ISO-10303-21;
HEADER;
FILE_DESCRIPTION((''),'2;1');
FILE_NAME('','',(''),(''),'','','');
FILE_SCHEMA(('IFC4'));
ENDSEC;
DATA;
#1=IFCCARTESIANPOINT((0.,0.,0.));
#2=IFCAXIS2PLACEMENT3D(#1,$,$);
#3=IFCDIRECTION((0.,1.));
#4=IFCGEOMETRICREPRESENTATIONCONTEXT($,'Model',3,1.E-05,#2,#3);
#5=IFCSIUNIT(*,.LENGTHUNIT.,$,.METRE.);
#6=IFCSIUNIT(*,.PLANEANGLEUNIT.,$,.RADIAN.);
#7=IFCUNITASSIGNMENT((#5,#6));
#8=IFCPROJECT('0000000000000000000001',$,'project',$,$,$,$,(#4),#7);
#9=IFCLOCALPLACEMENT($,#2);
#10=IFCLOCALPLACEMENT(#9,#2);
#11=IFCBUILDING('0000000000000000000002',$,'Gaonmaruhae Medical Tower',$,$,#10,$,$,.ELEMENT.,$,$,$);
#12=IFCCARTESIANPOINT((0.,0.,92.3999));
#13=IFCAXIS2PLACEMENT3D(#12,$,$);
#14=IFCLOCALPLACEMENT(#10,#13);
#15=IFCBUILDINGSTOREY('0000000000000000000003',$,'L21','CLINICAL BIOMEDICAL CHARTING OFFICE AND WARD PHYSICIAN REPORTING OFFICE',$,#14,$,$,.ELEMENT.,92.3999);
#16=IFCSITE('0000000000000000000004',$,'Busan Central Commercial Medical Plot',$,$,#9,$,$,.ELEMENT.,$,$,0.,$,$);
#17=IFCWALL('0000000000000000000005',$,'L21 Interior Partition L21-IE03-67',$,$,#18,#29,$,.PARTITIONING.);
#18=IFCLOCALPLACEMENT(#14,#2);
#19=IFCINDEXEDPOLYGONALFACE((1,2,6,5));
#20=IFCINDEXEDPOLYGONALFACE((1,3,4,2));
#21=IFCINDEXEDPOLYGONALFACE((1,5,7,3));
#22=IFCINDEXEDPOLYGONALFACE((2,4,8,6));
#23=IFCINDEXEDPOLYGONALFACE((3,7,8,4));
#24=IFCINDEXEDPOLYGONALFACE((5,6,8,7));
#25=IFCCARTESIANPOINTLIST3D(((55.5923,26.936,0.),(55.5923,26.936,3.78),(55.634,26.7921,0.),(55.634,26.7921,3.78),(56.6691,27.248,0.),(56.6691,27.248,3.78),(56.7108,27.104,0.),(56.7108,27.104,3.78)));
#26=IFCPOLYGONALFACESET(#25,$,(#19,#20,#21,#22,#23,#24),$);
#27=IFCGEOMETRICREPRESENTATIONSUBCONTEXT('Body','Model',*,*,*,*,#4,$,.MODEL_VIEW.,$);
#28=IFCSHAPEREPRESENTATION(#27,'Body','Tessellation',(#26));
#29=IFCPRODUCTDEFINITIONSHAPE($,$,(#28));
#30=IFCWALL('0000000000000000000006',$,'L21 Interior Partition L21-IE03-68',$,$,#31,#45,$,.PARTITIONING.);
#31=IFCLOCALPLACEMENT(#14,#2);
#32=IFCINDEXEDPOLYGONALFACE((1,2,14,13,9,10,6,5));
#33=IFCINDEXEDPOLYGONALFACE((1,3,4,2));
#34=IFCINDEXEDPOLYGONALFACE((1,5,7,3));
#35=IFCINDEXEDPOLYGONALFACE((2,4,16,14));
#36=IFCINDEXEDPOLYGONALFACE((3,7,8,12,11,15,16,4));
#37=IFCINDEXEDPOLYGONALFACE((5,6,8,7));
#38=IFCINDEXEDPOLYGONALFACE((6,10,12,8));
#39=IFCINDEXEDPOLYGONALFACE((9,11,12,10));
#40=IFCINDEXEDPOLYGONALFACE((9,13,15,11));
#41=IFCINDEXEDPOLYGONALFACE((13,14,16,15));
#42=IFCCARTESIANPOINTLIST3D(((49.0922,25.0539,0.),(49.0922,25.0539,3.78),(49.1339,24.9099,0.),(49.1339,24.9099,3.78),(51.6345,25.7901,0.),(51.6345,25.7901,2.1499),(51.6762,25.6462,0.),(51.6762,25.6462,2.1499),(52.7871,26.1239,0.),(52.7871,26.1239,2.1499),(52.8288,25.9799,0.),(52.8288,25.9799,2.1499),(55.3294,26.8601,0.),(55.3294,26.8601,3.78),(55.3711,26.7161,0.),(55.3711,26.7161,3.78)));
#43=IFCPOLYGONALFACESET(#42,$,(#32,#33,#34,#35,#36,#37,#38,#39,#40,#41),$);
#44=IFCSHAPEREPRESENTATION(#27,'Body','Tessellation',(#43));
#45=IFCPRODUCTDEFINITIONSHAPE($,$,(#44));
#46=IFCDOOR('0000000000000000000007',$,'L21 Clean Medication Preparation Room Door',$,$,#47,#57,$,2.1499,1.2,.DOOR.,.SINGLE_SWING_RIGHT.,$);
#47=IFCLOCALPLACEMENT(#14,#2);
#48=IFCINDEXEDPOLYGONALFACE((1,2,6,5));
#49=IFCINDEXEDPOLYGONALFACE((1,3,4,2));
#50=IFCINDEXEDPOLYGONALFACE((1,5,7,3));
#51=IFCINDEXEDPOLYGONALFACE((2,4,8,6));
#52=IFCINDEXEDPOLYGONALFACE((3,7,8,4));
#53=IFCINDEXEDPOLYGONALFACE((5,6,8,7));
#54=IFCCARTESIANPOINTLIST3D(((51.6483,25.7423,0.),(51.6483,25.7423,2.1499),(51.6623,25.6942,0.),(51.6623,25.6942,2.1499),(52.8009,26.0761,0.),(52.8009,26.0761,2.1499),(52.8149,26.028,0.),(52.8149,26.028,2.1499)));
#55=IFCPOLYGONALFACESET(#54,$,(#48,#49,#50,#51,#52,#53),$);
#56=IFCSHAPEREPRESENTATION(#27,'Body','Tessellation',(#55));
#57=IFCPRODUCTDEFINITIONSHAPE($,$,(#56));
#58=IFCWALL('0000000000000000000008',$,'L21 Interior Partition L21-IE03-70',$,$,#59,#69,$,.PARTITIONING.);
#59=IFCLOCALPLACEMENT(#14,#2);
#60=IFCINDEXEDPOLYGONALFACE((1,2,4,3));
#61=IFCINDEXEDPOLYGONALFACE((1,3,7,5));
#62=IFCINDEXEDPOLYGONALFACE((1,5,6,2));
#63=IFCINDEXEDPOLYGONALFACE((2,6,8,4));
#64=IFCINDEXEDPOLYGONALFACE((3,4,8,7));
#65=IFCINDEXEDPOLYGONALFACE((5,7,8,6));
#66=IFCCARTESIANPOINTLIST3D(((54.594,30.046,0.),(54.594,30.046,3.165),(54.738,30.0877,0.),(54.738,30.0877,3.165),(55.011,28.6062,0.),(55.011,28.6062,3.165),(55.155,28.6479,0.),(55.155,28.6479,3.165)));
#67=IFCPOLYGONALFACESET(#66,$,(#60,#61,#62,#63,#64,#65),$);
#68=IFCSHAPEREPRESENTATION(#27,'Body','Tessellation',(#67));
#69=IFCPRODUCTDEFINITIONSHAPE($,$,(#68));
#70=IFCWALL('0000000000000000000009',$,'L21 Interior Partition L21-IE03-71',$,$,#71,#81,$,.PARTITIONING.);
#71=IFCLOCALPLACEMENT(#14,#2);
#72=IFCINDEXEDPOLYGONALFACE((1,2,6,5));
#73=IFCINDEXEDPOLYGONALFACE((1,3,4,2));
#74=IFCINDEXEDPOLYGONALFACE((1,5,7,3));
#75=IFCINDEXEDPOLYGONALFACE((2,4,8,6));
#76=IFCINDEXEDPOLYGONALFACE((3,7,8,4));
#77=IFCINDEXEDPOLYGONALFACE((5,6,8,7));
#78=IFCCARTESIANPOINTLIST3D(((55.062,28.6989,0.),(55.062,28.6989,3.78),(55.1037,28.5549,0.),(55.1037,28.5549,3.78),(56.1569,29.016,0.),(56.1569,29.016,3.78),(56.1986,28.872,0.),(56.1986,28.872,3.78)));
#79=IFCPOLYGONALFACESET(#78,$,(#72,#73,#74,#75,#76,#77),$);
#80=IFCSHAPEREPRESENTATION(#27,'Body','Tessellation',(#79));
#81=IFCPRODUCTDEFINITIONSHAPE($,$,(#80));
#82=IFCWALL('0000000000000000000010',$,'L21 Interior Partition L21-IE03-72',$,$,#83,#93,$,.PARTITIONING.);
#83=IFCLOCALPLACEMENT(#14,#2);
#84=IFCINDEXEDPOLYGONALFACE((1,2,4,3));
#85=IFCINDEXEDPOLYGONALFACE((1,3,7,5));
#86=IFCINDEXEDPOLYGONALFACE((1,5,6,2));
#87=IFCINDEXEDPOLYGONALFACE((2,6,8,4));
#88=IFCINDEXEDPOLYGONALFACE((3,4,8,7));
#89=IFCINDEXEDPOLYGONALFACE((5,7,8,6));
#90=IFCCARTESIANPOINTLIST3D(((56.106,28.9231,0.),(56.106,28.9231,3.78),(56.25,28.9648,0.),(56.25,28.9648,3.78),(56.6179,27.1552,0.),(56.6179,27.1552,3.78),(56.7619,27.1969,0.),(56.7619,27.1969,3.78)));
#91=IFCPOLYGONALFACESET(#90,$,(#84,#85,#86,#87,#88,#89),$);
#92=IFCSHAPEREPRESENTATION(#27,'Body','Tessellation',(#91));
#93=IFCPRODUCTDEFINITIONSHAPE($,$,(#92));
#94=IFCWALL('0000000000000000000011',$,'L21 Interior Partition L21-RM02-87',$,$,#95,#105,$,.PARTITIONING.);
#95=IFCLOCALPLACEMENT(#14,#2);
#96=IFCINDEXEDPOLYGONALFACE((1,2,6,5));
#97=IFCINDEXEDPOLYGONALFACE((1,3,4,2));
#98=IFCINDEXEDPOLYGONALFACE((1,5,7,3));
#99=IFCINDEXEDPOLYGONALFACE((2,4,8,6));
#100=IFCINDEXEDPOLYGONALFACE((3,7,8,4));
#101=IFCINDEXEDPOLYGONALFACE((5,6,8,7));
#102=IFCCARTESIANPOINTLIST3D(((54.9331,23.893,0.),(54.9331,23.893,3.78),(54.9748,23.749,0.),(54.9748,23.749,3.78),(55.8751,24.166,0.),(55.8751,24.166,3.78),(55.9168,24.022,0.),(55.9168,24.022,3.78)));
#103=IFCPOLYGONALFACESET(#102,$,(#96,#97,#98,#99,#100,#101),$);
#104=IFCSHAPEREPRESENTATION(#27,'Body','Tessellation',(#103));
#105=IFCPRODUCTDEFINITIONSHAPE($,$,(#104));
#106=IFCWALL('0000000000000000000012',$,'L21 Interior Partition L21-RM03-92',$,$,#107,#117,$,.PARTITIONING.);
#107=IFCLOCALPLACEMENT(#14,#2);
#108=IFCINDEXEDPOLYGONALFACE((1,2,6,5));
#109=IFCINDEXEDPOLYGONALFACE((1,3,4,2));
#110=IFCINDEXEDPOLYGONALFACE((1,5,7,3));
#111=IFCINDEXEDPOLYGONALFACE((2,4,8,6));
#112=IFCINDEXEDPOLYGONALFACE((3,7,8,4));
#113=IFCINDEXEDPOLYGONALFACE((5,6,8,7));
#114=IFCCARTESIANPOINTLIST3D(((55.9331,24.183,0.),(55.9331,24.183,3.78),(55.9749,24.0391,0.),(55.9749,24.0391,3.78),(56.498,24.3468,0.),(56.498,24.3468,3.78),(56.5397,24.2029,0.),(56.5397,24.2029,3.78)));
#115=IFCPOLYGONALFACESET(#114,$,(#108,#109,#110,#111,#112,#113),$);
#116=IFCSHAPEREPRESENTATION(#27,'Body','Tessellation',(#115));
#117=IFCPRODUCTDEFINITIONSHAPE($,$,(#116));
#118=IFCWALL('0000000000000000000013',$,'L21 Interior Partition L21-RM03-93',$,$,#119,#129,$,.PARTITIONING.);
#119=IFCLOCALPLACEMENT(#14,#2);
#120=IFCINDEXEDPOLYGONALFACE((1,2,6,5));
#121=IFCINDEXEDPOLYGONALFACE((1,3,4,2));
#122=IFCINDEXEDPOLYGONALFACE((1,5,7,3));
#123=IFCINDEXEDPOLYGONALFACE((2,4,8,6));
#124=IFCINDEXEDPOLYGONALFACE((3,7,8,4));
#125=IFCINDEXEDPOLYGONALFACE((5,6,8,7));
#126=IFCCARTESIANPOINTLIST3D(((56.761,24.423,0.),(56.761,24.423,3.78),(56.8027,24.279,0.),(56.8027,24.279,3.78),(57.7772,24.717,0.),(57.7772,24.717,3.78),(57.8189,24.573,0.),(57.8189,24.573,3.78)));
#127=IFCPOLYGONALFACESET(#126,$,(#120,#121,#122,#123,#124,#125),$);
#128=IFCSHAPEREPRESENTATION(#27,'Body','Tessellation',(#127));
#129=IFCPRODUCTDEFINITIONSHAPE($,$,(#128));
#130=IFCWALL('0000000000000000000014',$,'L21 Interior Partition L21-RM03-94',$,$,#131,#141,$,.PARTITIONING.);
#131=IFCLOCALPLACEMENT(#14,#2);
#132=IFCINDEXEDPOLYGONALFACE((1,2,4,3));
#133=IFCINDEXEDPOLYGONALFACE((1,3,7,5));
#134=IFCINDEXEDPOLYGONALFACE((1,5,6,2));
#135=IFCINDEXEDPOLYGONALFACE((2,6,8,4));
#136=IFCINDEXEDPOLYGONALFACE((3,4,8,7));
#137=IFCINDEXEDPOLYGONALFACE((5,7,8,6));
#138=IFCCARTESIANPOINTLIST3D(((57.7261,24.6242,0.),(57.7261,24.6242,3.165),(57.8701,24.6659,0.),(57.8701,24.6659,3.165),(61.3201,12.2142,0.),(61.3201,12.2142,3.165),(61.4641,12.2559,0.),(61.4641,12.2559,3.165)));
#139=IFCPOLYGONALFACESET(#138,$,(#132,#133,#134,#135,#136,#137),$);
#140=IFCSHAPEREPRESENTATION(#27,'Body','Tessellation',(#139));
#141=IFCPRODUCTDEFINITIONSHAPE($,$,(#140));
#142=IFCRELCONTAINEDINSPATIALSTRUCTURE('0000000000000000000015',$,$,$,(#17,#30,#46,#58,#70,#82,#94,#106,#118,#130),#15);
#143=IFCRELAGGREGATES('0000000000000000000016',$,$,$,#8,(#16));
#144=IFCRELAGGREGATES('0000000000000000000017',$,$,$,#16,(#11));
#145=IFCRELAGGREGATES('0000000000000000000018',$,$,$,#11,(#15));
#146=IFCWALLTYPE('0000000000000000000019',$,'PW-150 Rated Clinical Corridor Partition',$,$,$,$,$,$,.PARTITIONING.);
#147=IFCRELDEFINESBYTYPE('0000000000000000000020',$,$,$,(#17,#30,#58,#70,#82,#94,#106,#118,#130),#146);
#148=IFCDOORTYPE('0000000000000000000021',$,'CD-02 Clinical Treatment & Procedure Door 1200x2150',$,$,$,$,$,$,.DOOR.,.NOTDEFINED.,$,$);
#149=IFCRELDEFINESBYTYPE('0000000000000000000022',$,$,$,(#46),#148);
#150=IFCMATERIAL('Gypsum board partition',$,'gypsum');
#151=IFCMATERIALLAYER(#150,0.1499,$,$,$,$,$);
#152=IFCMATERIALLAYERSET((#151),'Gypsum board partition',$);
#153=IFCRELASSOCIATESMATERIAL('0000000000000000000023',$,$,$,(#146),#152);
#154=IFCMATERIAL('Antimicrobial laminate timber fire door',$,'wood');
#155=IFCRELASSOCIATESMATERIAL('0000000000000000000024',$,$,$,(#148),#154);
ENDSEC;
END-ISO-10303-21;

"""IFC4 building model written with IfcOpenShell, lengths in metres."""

from ifc_helpers import new_model, si_unit, direction, frame, frame_2d, origin, place, context, subcontext, project, spatial, rectangle, extrude, material, layer, layer_set, type_object, element, fill, save


model = new_model("IFC4")

# Units and contexts
model_context = context("Model", 3, precision=1e-05, world=origin(), true_north=direction((0.0, 1.0)))
body_context = subcontext(model_context, "Body", "Model", "MODEL_VIEW")
ifc_project = project(units=[si_unit("LENGTHUNIT", "METRE"), si_unit("PLANEANGLEUNIT", "RADIAN")], contexts=[model_context])

# Site, building, storey
site_placement = place(None, origin())
site = spatial("IfcSite", under=ifc_project, at=site_placement, Name="Busan Central Commercial Medical Plot", CompositionType="ELEMENT", RefElevation=0.0)
building_placement = place(site_placement, origin())
building = spatial("IfcBuilding", under=site, at=building_placement, Name="Gaonmaruhae Medical Tower", CompositionType="ELEMENT")
storey_placement = place(building_placement, frame((0.0, 0.0, 92.3999)))
storey = spatial("IfcBuildingStorey", under=building, at=storey_placement, Name="L21", Description="CLINICAL BIOMEDICAL CHARTING OFFICE AND WARD PHYSICIAN REPORTING OFFICE", CompositionType="ELEMENT", Elevation=92.3999)

# Wall
ifc_material_1 = material(Name="Gypsum board partition", Category="gypsum")
ifc_layer_1 = layer(ifc_material_1, 0.1499)
ifc_layer_set_1 = layer_set([ifc_layer_1], Name="Gypsum board partition")
wall_type_1 = type_object("IfcWallType", Name="PW-150 Rated Clinical Corridor Partition", PredefinedType="PARTITIONING", material=ifc_layer_set_1)
wall_1_placement = place(storey_placement, frame((56.6899, 27.176, 0.0), z_axis=(0.0, 0.0, 1.0), x_axis=(-0.960498, -0.278285, 0.0)))
element("IfcWall", 1, at=wall_1_placement, inside=storey, type_object=wall_type_1, Name="L21 Interior Partition L21-IE03-67", PredefinedType="PARTITIONING", context=body_context, shape_type="SweptSolid", body=[
    extrude(rectangle(XDim=1.1211, YDim=0.1499, at=frame_2d((0.5605, 0.0))), origin(), (0.0, 0.0, 1.0), 3.78),
])

# Wall, opening, door
wall_2_placement = place(storey_placement, frame((55.3501, 26.7881, 0.0), z_axis=(0.0, 0.0, 1.0), x_axis=(-0.960536, -0.278156, 0.0)))
wall_2 = element("IfcWall", 2, at=wall_2_placement, inside=storey, type_object=wall_type_1, Name="L21 Interior Partition L21-IE03-68", PredefinedType="PARTITIONING", context=body_context, shape_type="SweptSolid", body=[
    extrude(rectangle(XDim=6.4934, YDim=0.1499, at=frame_2d((3.2466, 0.0))), origin(), (0.0, 0.0, 1.0), 3.78),
])
opening_placement = place(wall_2_placement, frame((2.6465, 0.0, 0.0)))
opening = element("IfcOpeningElement", 3, at=opening_placement, cuts=wall_2, PredefinedType="OPENING", context=body_context, shape_type="SweptSolid", body=[
    extrude(rectangle(XDim=1.2, YDim=2.1499, at=frame_2d((0.6001, 1.075))), frame((0.0, 0.085, 0.0), z_axis=(0.0, -1.0, 0.0), x_axis=(1.0, 0.0, 0.0)), (0.0, 0.0, 1.0), 0.1699),
])
ifc_material_2 = material(Name="Antimicrobial laminate timber fire door", Category="wood")
door_type = type_object("IfcDoorType", Name="CD-02 Clinical Treatment & Procedure Door 1200x2150", OperationType="NOTDEFINED", PredefinedType="DOOR", material=ifc_material_2)
door_placement = place(opening_placement, origin())
door = element("IfcDoor", 4, at=door_placement, inside=storey, type_object=door_type, Name="L21 Clean Medication Preparation Room Door", OperationType="SINGLE_SWING_RIGHT", OverallHeight=2.1499, OverallWidth=1.2, PredefinedType="DOOR", context=body_context, shape_type="SweptSolid", body=[
    extrude(rectangle(XDim=1.2, YDim=2.1499, at=frame_2d((0.6001, 1.075))), frame((0.0, 0.0249, 0.0), z_axis=(0.0, -1.0, 0.0), x_axis=(1.0, 0.0, 0.0)), (0.0, 0.0, 1.0), 0.05),
])
fill(opening, door)

# Walls
wall_3_placement = place(storey_placement, frame((54.666, 30.0669, 0.0), z_axis=(0.0, 0.0, 1.0), x_axis=(0.278161, -0.960534, 0.0)))
element("IfcWall", 5, at=wall_3_placement, inside=storey, type_object=wall_type_1, Name="L21 Interior Partition L21-IE03-70", PredefinedType="PARTITIONING", context=body_context, shape_type="SweptSolid", body=[
    extrude(rectangle(XDim=1.499, YDim=0.1499, at=frame_2d((0.7495, 0.0))), origin(), (0.0, 0.0, 1.0), 3.165),
])
wall_4_placement = place(storey_placement, frame((55.083, 28.627, 0.0), z_axis=(0.0, 0.0, 1.0), x_axis=(0.960524, 0.278198, 0.0)))
element("IfcWall", 6, at=wall_4_placement, inside=storey, type_object=wall_type_1, Name="L21 Interior Partition L21-IE03-71", PredefinedType="PARTITIONING", context=body_context, shape_type="SweptSolid", body=[
    extrude(rectangle(XDim=1.1399, YDim=0.1499, at=frame_2d((0.5698, 0.0))), origin(), (0.0, 0.0, 1.0), 3.78),
])
wall_5_placement = place(storey_placement, frame((56.178, 28.9441, 0.0), z_axis=(0.0, 0.0, 1.0), x_axis=(0.278135, -0.960542, 0.0)))
element("IfcWall", 7, at=wall_5_placement, inside=storey, type_object=wall_type_1, Name="L21 Interior Partition L21-IE03-72", PredefinedType="PARTITIONING", context=body_context, shape_type="SweptSolid", body=[
    extrude(rectangle(XDim=1.8406, YDim=0.1499, at=frame_2d((0.9204, 0.0))), origin(), (0.0, 0.0, 1.0), 3.78),
])
wall_6_placement = place(storey_placement, frame((54.9541, 23.821, 0.0), z_axis=(0.0, 0.0, 1.0), x_axis=(0.960484, 0.278336, 0.0)))
element("IfcWall", 8, at=wall_6_placement, inside=storey, type_object=wall_type_1, Name="L21 Interior Partition L21-RM02-87", PredefinedType="PARTITIONING", context=body_context, shape_type="SweptSolid", body=[
    extrude(rectangle(XDim=0.9807, YDim=0.1499, at=frame_2d((0.4902, 0.0))), origin(), (0.0, 0.0, 1.0), 3.78),
])
wall_7_placement = place(storey_placement, frame((55.9541, 24.1111, 0.0), z_axis=(0.0, 0.0, 1.0), x_axis=(0.960436, 0.278501, 0.0)))
element("IfcWall", 9, at=wall_7_placement, inside=storey, type_object=wall_type_1, Name="L21 Interior Partition L21-RM03-92", PredefinedType="PARTITIONING", context=body_context, shape_type="SweptSolid", body=[
    extrude(rectangle(XDim=0.5881, YDim=0.1499, at=frame_2d((0.2939, 0.0))), origin(), (0.0, 0.0, 1.0), 3.78),
])
wall_8_placement = place(storey_placement, frame((56.782, 24.3511, 0.0), z_axis=(0.0, 0.0, 1.0), x_axis=(0.960613, 0.27789, 0.0)))
element("IfcWall", 10, at=wall_8_placement, inside=storey, type_object=wall_type_1, Name="L21 Interior Partition L21-RM03-93", PredefinedType="PARTITIONING", context=body_context, shape_type="SweptSolid", body=[
    extrude(rectangle(XDim=1.0579, YDim=0.1499, at=frame_2d((0.5288, 0.0))), origin(), (0.0, 0.0, 1.0), 3.78),
])
wall_9_placement = place(storey_placement, frame((57.7981, 24.645, 0.0), z_axis=(0.0, 0.0, 1.0), x_axis=(0.278176, -0.96053, 0.0)))
element("IfcWall", 11, at=wall_9_placement, inside=storey, type_object=wall_type_1, Name="L21 Interior Partition L21-RM03-94", PredefinedType="PARTITIONING", context=body_context, shape_type="SweptSolid", body=[
    extrude(rectangle(XDim=12.9199, YDim=0.1499, at=frame_2d((6.46, 0.0))), origin(), (0.0, 0.0, 1.0), 3.165),
])

save(model, "model.ifc")
